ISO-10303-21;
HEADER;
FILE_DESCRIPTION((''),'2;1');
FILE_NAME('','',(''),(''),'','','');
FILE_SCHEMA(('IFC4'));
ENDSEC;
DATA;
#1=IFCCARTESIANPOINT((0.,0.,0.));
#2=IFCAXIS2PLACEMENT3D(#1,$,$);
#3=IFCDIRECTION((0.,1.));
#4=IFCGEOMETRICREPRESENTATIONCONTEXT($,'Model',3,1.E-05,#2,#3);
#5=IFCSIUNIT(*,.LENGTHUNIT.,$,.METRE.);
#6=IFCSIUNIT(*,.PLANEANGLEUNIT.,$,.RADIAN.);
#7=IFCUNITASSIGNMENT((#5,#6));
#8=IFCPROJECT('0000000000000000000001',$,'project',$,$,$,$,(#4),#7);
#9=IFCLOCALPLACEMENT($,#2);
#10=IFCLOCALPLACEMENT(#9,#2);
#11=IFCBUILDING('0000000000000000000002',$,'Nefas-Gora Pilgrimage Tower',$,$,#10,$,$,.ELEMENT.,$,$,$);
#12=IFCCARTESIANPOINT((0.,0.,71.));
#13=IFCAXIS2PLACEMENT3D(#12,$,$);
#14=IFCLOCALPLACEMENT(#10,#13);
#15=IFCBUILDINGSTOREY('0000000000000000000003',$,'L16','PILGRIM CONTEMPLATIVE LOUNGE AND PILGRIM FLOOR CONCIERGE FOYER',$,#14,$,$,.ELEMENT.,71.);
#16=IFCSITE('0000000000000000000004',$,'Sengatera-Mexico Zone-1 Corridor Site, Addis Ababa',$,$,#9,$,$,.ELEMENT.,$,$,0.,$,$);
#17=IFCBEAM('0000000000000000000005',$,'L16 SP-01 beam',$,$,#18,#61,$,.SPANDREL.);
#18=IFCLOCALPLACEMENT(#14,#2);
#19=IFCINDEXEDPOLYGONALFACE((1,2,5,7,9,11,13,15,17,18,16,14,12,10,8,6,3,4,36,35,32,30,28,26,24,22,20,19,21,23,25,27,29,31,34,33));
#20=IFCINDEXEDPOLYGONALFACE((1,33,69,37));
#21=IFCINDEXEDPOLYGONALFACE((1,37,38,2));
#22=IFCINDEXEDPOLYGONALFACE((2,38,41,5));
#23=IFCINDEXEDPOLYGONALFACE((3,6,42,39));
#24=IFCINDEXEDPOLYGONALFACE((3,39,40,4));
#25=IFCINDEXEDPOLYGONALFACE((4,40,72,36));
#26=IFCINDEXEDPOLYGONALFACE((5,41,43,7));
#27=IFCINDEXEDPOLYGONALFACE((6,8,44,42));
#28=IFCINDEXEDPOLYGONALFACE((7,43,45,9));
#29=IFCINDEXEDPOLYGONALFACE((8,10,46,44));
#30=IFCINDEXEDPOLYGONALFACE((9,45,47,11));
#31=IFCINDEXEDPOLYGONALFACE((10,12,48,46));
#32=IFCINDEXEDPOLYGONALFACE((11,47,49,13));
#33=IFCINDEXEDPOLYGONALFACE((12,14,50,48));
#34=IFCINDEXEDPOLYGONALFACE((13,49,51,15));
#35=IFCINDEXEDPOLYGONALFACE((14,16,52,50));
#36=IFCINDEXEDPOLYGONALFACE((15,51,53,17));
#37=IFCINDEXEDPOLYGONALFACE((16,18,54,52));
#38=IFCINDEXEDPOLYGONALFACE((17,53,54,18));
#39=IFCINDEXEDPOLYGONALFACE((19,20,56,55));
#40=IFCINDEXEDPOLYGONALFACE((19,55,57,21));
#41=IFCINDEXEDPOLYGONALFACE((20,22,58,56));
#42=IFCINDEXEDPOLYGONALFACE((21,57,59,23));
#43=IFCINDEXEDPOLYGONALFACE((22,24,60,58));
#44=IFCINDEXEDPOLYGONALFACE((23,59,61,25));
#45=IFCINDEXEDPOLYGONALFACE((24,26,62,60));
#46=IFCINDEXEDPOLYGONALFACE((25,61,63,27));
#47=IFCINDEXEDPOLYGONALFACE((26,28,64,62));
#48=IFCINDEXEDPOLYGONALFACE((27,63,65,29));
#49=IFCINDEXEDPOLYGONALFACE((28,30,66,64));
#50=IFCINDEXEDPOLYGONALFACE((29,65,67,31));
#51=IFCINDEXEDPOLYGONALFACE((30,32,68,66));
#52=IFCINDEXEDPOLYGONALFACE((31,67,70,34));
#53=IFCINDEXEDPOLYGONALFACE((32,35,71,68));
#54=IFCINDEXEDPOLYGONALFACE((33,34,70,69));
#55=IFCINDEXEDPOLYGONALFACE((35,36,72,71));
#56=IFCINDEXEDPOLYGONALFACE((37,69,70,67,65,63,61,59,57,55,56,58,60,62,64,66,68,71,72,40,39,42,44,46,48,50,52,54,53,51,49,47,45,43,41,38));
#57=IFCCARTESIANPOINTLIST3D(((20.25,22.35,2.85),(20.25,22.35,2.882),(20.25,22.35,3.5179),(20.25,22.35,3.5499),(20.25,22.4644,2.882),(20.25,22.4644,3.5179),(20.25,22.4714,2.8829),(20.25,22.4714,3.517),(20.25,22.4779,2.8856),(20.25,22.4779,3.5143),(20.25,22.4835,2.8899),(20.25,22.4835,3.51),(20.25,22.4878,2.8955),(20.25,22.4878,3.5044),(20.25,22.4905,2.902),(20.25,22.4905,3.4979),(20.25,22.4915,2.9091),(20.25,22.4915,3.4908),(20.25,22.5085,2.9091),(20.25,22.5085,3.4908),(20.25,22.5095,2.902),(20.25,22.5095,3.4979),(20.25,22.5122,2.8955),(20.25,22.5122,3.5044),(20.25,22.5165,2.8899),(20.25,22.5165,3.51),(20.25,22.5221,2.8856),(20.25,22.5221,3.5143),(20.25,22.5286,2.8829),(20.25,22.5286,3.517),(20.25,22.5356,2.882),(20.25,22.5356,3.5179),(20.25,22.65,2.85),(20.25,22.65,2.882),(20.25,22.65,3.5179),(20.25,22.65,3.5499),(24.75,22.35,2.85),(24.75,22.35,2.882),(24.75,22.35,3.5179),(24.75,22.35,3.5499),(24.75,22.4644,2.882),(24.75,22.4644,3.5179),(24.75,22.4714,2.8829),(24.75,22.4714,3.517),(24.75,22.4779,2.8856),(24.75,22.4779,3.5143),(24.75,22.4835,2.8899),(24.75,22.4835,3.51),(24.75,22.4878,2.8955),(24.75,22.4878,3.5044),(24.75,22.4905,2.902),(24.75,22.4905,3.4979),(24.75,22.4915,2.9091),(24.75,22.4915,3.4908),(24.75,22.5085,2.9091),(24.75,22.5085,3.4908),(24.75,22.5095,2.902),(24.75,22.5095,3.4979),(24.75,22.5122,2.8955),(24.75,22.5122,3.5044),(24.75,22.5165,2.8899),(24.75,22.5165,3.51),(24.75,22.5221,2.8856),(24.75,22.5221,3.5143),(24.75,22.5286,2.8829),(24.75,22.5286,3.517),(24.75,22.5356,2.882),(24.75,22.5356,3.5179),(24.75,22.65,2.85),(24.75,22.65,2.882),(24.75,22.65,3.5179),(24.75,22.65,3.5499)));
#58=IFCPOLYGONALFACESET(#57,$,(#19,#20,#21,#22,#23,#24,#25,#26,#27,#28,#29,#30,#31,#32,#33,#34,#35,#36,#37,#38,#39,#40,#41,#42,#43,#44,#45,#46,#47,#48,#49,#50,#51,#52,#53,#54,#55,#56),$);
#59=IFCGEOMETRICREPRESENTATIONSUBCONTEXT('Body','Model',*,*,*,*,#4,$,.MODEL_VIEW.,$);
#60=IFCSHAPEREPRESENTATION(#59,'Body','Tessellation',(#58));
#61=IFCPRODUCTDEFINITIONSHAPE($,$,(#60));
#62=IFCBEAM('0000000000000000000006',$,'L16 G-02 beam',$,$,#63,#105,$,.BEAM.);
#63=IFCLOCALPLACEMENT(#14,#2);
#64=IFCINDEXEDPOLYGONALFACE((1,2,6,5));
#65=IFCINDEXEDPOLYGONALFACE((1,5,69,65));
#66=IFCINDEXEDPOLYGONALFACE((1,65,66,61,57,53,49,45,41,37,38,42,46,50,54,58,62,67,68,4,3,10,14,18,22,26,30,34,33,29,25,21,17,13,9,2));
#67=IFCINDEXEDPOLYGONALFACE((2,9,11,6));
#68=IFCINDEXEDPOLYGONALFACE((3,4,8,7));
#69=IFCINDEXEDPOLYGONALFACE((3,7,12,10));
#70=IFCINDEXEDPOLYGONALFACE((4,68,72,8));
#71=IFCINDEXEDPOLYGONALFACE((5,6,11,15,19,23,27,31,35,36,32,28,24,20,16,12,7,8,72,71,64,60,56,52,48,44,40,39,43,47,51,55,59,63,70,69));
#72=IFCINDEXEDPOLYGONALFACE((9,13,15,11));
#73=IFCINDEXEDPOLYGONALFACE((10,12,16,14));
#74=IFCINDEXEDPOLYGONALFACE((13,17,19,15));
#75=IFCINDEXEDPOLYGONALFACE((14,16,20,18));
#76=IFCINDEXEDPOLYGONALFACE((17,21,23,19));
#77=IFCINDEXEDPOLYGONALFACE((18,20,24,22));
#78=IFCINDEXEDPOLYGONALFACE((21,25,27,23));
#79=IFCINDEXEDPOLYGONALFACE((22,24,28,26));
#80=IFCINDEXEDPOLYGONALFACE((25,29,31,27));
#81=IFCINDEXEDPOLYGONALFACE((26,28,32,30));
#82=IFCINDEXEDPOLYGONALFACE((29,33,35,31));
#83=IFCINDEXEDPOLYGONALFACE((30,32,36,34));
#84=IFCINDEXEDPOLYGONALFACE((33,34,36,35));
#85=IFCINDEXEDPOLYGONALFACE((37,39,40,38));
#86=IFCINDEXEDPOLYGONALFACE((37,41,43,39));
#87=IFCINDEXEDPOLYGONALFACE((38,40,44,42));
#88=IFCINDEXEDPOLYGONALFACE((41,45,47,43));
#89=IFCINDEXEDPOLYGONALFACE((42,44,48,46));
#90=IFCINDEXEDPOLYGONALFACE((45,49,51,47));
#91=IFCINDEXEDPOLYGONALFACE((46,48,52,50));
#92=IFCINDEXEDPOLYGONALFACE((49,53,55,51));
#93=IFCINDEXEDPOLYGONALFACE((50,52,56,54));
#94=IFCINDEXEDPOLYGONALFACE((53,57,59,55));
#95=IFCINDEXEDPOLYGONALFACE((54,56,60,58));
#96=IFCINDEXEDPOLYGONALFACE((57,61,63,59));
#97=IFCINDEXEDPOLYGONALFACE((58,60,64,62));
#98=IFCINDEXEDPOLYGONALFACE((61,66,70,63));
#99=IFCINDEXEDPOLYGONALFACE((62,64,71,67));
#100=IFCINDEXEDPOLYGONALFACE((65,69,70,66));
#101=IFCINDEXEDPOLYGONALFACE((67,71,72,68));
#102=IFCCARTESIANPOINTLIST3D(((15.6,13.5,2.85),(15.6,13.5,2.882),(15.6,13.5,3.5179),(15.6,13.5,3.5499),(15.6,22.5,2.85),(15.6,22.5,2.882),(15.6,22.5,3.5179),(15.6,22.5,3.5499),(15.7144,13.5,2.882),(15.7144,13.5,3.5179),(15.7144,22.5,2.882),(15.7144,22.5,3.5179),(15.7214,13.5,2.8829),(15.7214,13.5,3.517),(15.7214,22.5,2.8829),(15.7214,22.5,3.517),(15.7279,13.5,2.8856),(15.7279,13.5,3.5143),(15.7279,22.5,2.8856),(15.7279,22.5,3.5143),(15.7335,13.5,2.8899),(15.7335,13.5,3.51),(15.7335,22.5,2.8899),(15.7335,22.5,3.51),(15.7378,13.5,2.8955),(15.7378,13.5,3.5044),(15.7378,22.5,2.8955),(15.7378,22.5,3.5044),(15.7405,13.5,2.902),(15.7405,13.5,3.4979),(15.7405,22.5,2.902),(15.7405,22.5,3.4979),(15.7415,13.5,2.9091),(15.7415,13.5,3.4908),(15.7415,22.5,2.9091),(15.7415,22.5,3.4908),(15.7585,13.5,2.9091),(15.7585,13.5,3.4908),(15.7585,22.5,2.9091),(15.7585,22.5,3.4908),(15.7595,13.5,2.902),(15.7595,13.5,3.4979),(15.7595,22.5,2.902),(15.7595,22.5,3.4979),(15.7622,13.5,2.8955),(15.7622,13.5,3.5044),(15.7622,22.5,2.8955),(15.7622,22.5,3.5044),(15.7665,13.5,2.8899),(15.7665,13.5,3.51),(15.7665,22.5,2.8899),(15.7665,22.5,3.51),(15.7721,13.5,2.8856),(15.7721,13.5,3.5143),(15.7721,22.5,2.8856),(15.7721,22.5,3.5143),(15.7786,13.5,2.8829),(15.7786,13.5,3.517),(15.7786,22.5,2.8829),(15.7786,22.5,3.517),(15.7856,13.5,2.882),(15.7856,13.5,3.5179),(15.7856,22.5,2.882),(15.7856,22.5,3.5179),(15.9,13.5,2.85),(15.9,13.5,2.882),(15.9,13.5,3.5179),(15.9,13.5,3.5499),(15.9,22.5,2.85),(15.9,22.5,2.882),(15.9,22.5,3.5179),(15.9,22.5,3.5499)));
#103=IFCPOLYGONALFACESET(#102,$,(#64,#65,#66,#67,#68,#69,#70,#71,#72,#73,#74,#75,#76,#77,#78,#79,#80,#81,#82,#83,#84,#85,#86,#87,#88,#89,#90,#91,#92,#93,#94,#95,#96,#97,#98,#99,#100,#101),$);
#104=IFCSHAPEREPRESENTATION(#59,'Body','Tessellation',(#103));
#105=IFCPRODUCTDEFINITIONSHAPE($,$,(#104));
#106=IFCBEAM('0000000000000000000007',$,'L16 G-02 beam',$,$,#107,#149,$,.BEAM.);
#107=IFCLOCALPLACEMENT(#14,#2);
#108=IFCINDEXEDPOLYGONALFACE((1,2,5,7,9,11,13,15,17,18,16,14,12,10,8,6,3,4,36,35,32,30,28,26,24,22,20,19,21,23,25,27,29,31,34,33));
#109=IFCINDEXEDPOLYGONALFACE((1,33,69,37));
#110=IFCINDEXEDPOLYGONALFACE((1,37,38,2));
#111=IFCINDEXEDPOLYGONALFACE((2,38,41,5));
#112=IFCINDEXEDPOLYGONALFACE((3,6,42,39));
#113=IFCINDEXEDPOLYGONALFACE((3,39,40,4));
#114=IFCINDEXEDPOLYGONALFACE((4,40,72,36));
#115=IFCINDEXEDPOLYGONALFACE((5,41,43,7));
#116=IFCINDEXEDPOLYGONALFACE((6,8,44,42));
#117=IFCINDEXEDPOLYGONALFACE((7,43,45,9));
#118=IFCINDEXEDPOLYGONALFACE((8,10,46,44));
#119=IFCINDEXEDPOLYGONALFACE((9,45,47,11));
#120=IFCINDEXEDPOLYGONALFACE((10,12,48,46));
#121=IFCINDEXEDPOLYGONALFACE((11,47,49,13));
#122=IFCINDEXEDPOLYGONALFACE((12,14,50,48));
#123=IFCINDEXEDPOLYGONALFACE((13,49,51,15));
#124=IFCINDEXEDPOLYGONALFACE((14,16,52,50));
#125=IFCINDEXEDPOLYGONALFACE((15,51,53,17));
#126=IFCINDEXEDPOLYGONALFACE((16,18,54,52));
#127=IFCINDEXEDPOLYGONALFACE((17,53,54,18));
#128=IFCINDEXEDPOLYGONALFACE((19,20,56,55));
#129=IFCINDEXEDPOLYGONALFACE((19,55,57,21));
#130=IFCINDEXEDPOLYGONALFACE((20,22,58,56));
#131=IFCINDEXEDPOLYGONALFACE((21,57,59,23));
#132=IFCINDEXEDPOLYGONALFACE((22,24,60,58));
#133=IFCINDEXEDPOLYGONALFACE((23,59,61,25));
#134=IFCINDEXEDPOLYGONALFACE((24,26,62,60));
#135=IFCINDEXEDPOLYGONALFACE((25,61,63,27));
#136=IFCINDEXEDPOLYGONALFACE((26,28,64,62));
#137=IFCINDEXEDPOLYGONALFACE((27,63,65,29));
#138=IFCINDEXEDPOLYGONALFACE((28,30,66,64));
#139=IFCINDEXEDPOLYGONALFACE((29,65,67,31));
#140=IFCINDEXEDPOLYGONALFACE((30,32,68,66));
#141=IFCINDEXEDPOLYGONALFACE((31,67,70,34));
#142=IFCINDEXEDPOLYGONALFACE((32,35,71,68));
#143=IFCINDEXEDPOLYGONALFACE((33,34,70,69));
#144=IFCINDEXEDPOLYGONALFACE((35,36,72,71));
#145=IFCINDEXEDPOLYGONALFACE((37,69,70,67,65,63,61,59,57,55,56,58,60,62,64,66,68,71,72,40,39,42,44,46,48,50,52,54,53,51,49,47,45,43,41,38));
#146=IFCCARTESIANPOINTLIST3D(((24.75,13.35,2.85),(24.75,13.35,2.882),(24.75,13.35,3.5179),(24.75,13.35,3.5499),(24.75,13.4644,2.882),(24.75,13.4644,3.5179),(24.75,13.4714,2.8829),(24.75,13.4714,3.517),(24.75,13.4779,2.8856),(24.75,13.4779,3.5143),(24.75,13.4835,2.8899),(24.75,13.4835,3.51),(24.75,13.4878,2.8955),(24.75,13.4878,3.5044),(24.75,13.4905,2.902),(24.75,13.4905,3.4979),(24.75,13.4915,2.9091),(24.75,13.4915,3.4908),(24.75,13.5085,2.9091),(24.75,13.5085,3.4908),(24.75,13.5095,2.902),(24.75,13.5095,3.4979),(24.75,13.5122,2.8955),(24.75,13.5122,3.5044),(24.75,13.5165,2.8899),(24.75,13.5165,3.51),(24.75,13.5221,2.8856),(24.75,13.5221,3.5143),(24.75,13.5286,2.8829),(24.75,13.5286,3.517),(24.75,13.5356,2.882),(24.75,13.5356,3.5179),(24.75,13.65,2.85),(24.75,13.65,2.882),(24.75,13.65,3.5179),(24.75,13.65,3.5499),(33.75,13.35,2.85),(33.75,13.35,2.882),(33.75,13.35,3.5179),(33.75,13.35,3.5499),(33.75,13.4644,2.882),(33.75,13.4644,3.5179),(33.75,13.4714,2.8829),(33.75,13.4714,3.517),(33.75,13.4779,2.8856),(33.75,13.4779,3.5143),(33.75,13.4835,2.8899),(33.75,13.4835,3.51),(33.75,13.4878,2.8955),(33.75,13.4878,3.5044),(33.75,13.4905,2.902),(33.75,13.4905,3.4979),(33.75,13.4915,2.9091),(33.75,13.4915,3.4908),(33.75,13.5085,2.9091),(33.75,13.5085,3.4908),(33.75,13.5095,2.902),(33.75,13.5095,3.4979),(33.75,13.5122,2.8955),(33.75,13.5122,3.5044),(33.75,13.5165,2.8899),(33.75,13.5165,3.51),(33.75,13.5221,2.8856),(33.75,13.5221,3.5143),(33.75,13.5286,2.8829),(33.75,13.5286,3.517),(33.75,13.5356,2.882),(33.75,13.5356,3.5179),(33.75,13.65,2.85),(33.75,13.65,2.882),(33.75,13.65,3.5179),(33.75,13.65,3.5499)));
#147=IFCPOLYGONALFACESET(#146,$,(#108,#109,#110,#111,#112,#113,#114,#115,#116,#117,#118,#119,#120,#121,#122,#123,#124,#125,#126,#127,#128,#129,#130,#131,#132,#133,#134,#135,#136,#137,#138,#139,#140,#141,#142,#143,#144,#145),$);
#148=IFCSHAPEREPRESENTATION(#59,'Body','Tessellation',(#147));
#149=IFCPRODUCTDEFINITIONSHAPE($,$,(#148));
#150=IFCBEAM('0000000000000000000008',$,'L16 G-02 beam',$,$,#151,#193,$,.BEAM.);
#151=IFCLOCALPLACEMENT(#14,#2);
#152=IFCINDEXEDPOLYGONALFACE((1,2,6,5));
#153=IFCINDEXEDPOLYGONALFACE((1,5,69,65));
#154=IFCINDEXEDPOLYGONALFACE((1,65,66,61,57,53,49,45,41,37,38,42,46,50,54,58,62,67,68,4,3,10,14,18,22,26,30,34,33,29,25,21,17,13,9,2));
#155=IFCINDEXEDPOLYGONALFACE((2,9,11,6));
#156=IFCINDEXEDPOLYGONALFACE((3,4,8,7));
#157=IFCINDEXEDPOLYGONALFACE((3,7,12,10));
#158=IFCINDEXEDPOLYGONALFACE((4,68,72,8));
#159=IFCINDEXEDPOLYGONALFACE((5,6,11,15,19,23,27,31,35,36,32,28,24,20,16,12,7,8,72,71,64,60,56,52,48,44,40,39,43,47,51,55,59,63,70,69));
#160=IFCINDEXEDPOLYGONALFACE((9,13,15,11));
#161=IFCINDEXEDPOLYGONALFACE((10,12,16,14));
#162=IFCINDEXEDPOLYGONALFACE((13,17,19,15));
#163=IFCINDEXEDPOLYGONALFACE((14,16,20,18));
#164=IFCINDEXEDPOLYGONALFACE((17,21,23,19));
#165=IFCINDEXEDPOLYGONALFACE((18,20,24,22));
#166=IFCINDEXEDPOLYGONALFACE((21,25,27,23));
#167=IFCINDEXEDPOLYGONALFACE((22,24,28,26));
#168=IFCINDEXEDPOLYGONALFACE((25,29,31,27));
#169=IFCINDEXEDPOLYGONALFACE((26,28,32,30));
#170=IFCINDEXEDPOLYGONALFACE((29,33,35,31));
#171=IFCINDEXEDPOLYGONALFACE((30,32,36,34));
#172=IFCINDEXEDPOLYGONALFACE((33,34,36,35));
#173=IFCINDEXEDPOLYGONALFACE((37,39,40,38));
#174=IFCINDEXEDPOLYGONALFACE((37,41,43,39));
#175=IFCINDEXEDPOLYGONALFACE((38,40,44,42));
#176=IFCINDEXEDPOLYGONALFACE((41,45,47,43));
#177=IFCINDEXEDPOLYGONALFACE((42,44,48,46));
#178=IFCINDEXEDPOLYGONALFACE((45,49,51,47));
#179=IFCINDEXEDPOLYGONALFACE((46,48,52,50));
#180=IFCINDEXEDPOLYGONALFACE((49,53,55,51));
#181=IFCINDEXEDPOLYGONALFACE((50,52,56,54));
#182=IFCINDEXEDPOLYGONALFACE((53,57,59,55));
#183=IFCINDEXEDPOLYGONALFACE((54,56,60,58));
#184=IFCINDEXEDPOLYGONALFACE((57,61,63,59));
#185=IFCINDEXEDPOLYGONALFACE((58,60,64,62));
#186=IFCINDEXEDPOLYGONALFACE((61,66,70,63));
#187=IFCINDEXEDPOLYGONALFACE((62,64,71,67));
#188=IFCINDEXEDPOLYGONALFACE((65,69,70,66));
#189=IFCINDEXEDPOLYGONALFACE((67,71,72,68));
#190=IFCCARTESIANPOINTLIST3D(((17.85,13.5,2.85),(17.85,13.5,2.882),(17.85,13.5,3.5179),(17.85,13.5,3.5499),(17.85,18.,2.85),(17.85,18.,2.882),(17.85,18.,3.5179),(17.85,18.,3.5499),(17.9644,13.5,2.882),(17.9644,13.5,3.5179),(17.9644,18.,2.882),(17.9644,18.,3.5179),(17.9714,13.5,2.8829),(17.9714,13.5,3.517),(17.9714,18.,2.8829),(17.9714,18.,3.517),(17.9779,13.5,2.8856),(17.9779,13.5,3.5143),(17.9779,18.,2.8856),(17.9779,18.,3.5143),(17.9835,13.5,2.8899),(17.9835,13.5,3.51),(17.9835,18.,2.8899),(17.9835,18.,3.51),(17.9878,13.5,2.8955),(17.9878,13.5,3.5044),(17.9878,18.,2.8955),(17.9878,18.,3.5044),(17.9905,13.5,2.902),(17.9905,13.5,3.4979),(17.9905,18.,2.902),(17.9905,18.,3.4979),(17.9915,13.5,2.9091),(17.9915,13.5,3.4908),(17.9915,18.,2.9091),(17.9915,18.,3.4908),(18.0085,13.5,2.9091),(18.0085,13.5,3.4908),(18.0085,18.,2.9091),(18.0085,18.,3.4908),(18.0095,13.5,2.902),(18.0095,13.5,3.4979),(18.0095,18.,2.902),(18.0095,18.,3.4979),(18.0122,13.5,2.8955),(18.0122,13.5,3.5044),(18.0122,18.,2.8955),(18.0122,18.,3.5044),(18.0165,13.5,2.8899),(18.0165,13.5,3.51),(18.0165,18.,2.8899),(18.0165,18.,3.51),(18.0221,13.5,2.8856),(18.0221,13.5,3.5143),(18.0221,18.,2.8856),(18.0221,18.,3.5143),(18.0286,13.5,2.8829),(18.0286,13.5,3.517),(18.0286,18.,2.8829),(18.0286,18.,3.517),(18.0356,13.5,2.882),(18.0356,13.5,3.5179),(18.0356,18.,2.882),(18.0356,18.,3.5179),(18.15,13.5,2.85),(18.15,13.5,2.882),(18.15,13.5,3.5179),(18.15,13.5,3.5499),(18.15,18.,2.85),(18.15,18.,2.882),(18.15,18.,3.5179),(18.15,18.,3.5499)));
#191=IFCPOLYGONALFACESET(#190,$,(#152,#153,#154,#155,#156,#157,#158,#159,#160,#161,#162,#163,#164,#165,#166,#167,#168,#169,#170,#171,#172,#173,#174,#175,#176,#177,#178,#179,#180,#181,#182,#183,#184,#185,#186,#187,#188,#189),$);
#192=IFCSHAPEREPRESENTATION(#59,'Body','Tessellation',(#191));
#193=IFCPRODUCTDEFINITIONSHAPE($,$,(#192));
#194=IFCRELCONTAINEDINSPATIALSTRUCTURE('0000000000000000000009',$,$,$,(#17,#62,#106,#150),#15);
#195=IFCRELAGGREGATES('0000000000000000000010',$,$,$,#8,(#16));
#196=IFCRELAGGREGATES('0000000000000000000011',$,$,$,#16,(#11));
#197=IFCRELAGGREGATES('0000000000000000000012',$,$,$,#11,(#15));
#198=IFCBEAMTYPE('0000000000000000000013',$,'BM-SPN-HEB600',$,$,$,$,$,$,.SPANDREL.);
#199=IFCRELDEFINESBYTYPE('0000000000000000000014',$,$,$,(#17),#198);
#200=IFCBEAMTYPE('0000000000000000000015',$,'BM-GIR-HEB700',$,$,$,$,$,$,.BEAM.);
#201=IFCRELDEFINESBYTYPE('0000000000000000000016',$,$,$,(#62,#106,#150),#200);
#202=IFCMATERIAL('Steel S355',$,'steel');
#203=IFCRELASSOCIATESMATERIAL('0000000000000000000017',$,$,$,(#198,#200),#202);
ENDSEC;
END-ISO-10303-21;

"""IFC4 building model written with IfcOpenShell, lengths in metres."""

from ifc_helpers import new_model, si_unit, direction, frame, origin, origin_2d, place, context, subcontext, project, spatial, i_section, extrude, source, transform, mapped, material, material_profile, profile_set, type_object, element, save


model = new_model("IFC4")

# Units and contexts
model_context = context("Model", 3, precision=1e-05, world=origin(), true_north=direction((0.0, 1.0)))
body_context = subcontext(model_context, "Body", "Model", "MODEL_VIEW")
ifc_project = project(units=[si_unit("LENGTHUNIT", "METRE"), si_unit("PLANEANGLEUNIT", "RADIAN")], contexts=[model_context])

# Site, building, storey
site_placement = place(None, origin())
site = spatial("IfcSite", under=ifc_project, at=site_placement, Name="Sengatera-Mexico Zone-1 Corridor Site, Addis Ababa", CompositionType="ELEMENT", RefElevation=0.0)
building_placement = place(site_placement, origin())
building = spatial("IfcBuilding", under=site, at=building_placement, Name="Nefas-Gora Pilgrimage Tower", CompositionType="ELEMENT")
storey_placement = place(building_placement, frame((0.0, 0.0, 71.0)))
storey = spatial("IfcBuildingStorey", under=building, at=storey_placement, Name="L16", Description="PILGRIM CONTEMPLATIVE LOUNGE AND PILGRIM FLOOR CONCIERGE FOYER", CompositionType="ELEMENT", Elevation=71.0)

# Beams
ifc_material_1 = material(Name="Steel S355", Category="steel")
ifc_material_profile_1 = material_profile(ifc_material_1, i_section(OverallWidth=0.3, OverallDepth=0.7, WebThickness=0.0171, FlangeThickness=0.032, FilletRadius=0.0271, at=origin_2d()), Name="HEB 700")
ifc_profile_set_1 = profile_set([ifc_material_profile_1], Name="Steel S355")
beam_type_1 = type_object("IfcBeamType", Name="BM-SPN-HEB600", PredefinedType="SPANDREL", material=ifc_profile_set_1)
shared_shape_1 = source(origin(), body_context, "Body", "SweptSolid", [
    extrude(i_section(OverallWidth=0.3, OverallDepth=0.7, WebThickness=0.0171, FlangeThickness=0.032, FilletRadius=0.0271, at=origin_2d()), origin(), (0.0, 0.0, 1.0), 4.5),
])
beam_1_placement = place(storey_placement, frame((20.25, 22.5, 3.2), z_axis=(1.0, 0.0, 0.0), x_axis=(0.0, 1.0, 0.0)))
element("IfcBeam", 1, at=beam_1_placement, inside=storey, type_object=beam_type_1, Name="L16 SP-01 beam", PredefinedType="SPANDREL", context=body_context, shape_type="MappedRepresentation", body=[
    mapped(shared_shape_1, transform((0.0, 0.0, 0.0), x_axis=(1.0, 0.0, 0.0), y_axis=(0.0, 1.0, 0.0), z_axis=(0.0, 0.0, 1.0), scale=1.0)),
])
ifc_material_profile_2 = material_profile(ifc_material_1, i_section(OverallWidth=0.3, OverallDepth=0.7, WebThickness=0.0171, FlangeThickness=0.032, FilletRadius=0.0271, at=origin_2d()), Name="HEB 700")
ifc_profile_set_2 = profile_set([ifc_material_profile_2], Name="Steel S355")
beam_type_2 = type_object("IfcBeamType", Name="BM-GIR-HEB700", PredefinedType="BEAM", material=ifc_profile_set_2)
shared_shape_2 = source(origin(), body_context, "Body", "SweptSolid", [
    extrude(i_section(OverallWidth=0.3, OverallDepth=0.7, WebThickness=0.0171, FlangeThickness=0.032, FilletRadius=0.0271, at=origin_2d()), origin(), (0.0, 0.0, 1.0), 9.0),
])
for number, where, z_axis, x_axis, name in (
    (2, (15.75, 13.5, 3.2), (0.0, 1.0, 0.0), (-1.0, 0.0, 0.0), "L16 G-02 beam"),
    (3, (24.75, 13.5, 3.2), (1.0, 0.0, 0.0), (0.0, 1.0, 0.0), "L16 G-02 beam"),
):
    element("IfcBeam", number, at=place(storey_placement, frame(where, z_axis=z_axis, x_axis=x_axis)), inside=storey, type_object=beam_type_2, Name=name, PredefinedType="BEAM", context=body_context, shape_type="MappedRepresentation", body=[
        mapped(shared_shape_2, transform((0.0, 0.0, 0.0), x_axis=(1.0, 0.0, 0.0), y_axis=(0.0, 1.0, 0.0), z_axis=(0.0, 0.0, 1.0), scale=1.0)),
    ])
shared_shape_3 = source(origin(), body_context, "Body", "SweptSolid", [
    extrude(i_section(OverallWidth=0.3, OverallDepth=0.7, WebThickness=0.0171, FlangeThickness=0.032, FilletRadius=0.0271, at=origin_2d()), origin(), (0.0, 0.0, 1.0), 4.5),
])
for number, where, z_axis, x_axis, name in (
    (4, (18.0, 13.5, 3.2), (0.0, 1.0, 0.0), (-1.0, 0.0, 0.0), "L16 G-02 beam"),
):
    element("IfcBeam", number, at=place(storey_placement, frame(where, z_axis=z_axis, x_axis=x_axis)), inside=storey, type_object=beam_type_2, Name=name, PredefinedType="BEAM", context=body_context, shape_type="MappedRepresentation", body=[
        mapped(shared_shape_3, transform((0.0, 0.0, 0.0), x_axis=(1.0, 0.0, 0.0), y_axis=(0.0, 1.0, 0.0), z_axis=(0.0, 0.0, 1.0), scale=1.0)),
    ])

save(model, "model.ifc")
